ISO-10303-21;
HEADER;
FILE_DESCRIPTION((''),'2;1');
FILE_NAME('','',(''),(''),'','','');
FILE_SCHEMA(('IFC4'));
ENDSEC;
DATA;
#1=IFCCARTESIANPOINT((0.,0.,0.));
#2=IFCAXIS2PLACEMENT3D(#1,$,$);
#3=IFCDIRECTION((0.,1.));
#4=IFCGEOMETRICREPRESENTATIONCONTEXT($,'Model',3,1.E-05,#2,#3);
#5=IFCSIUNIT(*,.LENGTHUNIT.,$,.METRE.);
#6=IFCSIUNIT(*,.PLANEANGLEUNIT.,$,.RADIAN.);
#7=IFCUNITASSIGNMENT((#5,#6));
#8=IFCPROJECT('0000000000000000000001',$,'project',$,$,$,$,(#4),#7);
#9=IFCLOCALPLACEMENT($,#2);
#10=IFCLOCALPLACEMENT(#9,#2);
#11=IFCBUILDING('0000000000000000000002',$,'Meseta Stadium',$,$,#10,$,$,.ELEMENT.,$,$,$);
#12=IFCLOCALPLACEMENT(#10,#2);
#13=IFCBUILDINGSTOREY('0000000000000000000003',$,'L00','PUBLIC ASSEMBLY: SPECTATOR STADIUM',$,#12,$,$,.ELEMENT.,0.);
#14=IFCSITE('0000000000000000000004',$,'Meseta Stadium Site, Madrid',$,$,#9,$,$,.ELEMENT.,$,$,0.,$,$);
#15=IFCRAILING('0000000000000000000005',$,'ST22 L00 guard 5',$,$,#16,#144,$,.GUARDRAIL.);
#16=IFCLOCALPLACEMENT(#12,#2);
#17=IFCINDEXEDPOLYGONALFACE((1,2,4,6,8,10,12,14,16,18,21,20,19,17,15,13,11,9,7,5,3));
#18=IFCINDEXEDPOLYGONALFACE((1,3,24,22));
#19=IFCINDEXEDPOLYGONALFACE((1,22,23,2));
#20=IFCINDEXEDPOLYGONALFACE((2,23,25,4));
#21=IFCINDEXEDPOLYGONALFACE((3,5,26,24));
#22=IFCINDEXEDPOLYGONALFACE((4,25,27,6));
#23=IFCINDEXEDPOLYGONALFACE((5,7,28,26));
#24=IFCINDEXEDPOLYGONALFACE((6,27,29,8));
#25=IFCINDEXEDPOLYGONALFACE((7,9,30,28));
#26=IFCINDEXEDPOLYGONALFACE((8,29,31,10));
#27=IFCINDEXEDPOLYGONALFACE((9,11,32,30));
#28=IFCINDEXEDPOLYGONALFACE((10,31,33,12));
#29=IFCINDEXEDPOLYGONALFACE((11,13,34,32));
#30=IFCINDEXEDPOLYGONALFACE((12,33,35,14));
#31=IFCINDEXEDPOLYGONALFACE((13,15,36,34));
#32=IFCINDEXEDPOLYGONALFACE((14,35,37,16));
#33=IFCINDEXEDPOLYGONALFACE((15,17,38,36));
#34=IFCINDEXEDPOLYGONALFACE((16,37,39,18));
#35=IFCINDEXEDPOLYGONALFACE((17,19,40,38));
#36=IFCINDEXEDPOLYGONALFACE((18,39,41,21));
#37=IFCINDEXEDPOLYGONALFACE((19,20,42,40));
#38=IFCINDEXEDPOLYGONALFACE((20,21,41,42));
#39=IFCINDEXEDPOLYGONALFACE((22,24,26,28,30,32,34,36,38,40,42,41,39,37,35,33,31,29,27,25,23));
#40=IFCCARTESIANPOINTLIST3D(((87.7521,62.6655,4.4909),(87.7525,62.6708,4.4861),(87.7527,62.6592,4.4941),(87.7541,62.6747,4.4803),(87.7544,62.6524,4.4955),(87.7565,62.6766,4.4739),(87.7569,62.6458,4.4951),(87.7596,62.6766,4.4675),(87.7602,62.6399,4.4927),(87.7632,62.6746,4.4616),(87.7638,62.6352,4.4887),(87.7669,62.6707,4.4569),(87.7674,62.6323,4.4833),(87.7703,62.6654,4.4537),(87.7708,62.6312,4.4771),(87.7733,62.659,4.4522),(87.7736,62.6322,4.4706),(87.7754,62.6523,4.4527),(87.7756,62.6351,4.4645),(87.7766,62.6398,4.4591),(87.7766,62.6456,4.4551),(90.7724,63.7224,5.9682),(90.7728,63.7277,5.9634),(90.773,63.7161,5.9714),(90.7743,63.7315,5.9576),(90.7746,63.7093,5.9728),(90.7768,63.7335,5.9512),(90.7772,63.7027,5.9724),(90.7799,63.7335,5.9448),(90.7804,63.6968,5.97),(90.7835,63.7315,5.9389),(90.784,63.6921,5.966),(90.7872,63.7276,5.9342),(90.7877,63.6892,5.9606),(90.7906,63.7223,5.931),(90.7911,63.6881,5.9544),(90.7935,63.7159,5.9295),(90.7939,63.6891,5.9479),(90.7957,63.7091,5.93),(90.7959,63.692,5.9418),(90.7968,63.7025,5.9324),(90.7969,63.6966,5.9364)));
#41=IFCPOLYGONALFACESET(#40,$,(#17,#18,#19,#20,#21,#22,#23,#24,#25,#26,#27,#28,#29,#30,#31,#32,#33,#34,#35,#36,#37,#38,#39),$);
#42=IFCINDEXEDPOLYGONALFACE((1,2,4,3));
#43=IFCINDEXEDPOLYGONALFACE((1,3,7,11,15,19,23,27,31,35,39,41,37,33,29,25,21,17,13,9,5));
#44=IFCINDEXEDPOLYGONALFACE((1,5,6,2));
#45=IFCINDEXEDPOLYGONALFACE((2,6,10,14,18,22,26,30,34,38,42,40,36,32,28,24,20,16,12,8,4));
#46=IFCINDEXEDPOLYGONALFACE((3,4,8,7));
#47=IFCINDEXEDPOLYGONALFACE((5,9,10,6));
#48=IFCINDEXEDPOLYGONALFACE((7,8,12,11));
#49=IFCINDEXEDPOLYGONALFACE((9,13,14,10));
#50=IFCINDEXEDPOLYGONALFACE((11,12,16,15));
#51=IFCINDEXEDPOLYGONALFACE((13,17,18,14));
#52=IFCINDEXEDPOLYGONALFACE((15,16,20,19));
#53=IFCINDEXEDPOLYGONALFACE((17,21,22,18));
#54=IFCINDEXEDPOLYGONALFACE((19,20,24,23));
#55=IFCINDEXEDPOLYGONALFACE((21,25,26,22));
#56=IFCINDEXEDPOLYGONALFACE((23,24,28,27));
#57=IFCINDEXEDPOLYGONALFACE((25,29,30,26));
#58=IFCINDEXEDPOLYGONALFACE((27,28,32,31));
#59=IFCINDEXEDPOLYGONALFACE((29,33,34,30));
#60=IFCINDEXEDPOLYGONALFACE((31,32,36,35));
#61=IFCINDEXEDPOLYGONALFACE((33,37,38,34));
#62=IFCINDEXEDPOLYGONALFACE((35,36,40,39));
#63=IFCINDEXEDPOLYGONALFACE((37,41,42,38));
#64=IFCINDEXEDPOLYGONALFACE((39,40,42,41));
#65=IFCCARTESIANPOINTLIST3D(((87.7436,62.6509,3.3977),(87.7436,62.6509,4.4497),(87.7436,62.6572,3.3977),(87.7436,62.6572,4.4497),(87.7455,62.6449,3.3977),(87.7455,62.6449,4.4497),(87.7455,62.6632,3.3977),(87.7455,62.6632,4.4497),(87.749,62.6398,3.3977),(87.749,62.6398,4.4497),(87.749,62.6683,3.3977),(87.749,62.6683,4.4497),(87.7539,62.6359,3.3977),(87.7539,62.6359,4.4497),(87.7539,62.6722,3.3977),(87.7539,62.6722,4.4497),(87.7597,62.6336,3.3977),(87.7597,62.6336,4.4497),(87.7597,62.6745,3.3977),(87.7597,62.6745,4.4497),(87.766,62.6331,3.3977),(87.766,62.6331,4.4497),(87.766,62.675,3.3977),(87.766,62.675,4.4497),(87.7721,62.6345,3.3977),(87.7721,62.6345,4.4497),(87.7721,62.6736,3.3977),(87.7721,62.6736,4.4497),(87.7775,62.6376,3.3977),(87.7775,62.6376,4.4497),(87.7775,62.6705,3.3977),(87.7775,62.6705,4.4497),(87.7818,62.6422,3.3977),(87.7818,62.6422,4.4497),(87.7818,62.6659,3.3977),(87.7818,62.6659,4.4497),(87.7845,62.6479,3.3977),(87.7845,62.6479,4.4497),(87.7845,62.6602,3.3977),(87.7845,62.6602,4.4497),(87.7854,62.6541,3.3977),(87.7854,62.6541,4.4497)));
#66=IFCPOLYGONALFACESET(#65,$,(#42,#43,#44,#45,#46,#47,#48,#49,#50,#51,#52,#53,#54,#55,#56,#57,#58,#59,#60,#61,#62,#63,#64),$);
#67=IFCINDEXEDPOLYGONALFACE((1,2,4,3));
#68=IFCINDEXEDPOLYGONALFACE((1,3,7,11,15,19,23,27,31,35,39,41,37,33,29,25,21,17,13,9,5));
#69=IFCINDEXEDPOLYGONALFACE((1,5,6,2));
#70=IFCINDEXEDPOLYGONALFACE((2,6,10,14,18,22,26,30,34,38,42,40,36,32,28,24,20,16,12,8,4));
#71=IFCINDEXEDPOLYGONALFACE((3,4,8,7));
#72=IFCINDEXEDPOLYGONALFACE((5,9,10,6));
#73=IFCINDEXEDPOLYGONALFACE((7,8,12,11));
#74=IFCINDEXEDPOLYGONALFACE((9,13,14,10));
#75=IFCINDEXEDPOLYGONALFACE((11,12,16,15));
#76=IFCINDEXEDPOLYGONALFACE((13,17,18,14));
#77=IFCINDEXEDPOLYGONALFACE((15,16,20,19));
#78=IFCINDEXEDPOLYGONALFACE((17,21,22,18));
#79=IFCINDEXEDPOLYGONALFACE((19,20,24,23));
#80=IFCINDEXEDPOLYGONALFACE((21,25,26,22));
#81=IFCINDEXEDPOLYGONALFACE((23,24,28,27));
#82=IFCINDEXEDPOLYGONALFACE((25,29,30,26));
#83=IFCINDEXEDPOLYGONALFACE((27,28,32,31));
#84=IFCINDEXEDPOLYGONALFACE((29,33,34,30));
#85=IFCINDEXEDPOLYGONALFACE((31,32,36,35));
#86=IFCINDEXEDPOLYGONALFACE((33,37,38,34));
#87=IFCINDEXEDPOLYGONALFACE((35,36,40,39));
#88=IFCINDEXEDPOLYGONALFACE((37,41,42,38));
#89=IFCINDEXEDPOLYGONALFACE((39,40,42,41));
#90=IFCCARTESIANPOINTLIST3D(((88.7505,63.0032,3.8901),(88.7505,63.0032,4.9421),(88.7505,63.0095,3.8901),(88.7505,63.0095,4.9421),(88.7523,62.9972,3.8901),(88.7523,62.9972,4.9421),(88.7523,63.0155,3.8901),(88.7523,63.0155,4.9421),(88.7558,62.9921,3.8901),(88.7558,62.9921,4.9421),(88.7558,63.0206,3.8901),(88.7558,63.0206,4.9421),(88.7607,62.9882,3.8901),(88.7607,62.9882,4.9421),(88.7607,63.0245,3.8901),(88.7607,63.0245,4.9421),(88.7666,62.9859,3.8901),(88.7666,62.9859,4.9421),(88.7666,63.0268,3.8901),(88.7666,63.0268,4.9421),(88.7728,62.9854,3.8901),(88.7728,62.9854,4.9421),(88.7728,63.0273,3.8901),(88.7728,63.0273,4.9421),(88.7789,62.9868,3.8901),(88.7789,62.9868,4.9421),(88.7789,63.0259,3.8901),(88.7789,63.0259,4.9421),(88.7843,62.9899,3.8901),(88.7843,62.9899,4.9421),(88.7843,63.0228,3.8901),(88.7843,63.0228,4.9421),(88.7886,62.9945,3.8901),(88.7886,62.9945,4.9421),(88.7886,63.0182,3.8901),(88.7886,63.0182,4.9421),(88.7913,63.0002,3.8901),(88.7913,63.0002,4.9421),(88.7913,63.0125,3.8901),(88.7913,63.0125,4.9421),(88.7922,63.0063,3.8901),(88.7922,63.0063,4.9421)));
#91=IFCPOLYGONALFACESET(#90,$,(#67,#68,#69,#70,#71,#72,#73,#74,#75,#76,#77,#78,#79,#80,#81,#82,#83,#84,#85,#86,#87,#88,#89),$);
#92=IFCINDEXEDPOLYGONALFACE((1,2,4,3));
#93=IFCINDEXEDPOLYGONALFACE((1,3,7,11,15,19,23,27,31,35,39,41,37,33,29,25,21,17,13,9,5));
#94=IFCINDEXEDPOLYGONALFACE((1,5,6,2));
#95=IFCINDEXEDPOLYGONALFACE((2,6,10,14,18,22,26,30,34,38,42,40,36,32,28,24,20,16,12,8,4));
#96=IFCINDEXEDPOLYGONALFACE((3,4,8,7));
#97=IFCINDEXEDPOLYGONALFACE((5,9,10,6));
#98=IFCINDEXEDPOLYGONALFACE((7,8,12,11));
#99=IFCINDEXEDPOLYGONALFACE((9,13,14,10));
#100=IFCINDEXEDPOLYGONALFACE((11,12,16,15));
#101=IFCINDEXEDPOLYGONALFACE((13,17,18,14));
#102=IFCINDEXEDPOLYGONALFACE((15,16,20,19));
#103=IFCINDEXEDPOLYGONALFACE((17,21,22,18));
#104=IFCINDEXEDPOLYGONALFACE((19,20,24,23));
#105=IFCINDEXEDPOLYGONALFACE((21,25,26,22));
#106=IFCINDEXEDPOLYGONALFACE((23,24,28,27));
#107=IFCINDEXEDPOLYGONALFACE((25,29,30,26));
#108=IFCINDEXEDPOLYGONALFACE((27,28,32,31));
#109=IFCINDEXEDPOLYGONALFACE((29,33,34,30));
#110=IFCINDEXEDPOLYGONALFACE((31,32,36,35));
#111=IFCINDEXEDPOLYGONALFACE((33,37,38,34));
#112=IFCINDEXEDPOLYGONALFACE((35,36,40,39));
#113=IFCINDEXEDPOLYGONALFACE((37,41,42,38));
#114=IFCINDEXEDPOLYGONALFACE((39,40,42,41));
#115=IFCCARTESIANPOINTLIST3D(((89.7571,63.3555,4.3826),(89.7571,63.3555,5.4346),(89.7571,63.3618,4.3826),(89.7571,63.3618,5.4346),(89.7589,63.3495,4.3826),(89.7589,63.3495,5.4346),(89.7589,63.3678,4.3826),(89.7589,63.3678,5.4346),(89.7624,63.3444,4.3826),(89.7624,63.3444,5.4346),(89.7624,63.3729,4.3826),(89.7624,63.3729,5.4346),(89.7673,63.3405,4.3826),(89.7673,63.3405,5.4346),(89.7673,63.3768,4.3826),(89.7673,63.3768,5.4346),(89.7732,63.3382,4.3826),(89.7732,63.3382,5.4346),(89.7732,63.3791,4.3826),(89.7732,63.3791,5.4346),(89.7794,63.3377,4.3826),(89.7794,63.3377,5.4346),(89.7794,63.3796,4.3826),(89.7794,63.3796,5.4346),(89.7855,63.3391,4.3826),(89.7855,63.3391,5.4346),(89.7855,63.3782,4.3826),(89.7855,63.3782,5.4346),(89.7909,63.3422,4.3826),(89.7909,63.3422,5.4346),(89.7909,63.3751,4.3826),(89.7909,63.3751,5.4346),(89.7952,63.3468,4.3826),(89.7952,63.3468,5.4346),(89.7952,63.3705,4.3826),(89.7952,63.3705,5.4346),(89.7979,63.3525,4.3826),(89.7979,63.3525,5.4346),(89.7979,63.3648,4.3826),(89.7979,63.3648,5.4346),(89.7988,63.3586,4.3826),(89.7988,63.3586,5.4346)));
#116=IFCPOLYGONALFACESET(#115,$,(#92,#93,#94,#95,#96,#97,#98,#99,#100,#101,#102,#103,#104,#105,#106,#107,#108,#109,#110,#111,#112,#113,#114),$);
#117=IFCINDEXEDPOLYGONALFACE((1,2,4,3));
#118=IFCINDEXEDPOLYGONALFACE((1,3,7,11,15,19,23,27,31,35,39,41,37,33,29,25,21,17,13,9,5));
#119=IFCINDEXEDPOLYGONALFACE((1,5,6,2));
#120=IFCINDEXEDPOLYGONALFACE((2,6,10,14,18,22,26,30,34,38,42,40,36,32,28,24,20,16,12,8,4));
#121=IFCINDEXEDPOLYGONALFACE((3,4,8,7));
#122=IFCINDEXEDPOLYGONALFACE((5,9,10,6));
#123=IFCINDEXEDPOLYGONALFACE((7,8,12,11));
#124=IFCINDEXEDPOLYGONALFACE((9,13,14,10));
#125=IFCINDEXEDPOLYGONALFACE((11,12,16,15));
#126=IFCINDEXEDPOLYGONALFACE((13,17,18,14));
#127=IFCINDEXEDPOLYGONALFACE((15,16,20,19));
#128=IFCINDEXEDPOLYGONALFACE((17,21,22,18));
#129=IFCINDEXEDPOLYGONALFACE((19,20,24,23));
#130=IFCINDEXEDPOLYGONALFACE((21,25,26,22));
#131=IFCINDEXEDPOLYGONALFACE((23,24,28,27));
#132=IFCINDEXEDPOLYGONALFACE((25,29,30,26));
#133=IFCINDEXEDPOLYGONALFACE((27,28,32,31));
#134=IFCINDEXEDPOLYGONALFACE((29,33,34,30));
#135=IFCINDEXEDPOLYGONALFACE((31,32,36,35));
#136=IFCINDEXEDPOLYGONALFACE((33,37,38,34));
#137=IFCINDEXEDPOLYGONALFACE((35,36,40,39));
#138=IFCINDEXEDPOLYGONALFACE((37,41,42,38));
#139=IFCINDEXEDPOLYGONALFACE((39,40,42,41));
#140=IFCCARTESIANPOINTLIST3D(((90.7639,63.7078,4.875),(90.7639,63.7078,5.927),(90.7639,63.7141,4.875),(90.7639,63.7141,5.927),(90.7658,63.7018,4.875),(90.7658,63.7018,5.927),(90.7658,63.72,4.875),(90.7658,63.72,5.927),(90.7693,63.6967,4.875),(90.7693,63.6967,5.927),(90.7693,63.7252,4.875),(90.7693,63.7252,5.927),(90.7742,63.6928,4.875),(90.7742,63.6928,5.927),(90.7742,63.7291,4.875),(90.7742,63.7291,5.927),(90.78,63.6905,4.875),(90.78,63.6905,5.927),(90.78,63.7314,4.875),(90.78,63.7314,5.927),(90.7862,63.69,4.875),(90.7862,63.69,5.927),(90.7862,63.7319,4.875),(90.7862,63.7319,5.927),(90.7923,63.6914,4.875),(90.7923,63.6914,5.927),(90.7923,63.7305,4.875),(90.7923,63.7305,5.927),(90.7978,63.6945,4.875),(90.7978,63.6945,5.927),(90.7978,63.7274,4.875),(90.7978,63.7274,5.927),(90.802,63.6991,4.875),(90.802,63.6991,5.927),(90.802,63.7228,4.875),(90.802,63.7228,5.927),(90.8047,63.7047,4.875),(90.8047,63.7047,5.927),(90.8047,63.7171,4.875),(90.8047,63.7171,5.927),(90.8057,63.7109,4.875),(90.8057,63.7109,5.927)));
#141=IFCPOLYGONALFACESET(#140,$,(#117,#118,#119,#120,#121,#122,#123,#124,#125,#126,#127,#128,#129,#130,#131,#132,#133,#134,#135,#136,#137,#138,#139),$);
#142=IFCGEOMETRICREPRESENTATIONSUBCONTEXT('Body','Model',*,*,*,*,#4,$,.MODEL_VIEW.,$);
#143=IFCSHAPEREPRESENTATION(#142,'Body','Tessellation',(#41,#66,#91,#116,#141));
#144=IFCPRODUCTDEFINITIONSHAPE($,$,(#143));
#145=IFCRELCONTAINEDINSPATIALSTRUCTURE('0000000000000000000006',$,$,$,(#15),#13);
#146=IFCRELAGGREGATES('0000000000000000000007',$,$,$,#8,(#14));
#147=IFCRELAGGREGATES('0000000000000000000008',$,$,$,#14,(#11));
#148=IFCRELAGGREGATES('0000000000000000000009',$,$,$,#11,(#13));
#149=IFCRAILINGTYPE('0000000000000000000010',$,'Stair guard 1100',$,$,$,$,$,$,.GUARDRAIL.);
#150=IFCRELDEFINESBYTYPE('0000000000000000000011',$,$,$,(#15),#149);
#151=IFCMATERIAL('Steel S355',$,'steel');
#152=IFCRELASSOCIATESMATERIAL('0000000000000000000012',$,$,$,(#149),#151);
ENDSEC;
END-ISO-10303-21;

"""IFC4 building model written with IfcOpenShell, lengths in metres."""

from ifc_helpers import new_model, si_unit, direction, frame, origin, origin_2d, place, context, subcontext, project, spatial, circle, extrude, material, type_object, element, save


model = new_model("IFC4")

# Units and contexts
model_context = context("Model", 3, precision=1e-05, world=origin(), true_north=direction((0.0, 1.0)))
body_context = subcontext(model_context, "Body", "Model", "MODEL_VIEW")
ifc_project = project(units=[si_unit("LENGTHUNIT", "METRE"), si_unit("PLANEANGLEUNIT", "RADIAN")], contexts=[model_context])

# Site, building, storey
site_placement = place(None, origin())
site = spatial("IfcSite", under=ifc_project, at=site_placement, Name="Meseta Stadium Site, Madrid", CompositionType="ELEMENT", RefElevation=0.0)
building_placement = place(site_placement, origin())
building = spatial("IfcBuilding", under=site, at=building_placement, Name="Meseta Stadium", CompositionType="ELEMENT")
storey_placement = place(building_placement, origin())
storey = spatial("IfcBuildingStorey", under=building, at=storey_placement, Name="L00", Description="PUBLIC ASSEMBLY: SPECTATOR STADIUM", CompositionType="ELEMENT", Elevation=0.0)

# Railing
ifc_material_1 = material(Name="Steel S355", Category="steel")
railing_type_1 = type_object("IfcRailingType", Name="Stair guard 1100", PredefinedType="GUARDRAIL", material=ifc_material_1)
railing_1_placement = place(storey_placement, frame((87.7644, 62.6541, 3.3977)))
element("IfcRailing", 1, at=railing_1_placement, inside=storey, type_object=railing_type_1, Name="ST22 L00 guard 5", PredefinedType="GUARDRAIL", context=body_context, shape_type="SweptSolid", body=[
    extrude(circle(Radius=0.0239, at=origin_2d()), frame((0.0, 0.0, 1.0762), z_axis=(0.856958, 0.299876, 0.419162), x_axis=(-0.330293, 0.943879, 0.0)), (0.0, 0.0, 1.0), 3.5244),
    extrude(circle(Radius=0.021, at=origin_2d()), origin(), (0.0, 0.0, 1.0), 1.052),
    extrude(circle(Radius=0.021, at=origin_2d()), frame((1.0068, 0.3523, 0.4924)), (0.0, 0.0, 1.0), 1.052),
    extrude(circle(Radius=0.021, at=origin_2d()), frame((2.0134, 0.7046, 0.9849)), (0.0, 0.0, 1.0), 1.052),
    extrude(circle(Radius=0.021, at=origin_2d()), frame((3.0203, 1.0569, 1.4773)), (0.0, 0.0, 1.0), 1.052),
])

save(model, "model.ifc")
